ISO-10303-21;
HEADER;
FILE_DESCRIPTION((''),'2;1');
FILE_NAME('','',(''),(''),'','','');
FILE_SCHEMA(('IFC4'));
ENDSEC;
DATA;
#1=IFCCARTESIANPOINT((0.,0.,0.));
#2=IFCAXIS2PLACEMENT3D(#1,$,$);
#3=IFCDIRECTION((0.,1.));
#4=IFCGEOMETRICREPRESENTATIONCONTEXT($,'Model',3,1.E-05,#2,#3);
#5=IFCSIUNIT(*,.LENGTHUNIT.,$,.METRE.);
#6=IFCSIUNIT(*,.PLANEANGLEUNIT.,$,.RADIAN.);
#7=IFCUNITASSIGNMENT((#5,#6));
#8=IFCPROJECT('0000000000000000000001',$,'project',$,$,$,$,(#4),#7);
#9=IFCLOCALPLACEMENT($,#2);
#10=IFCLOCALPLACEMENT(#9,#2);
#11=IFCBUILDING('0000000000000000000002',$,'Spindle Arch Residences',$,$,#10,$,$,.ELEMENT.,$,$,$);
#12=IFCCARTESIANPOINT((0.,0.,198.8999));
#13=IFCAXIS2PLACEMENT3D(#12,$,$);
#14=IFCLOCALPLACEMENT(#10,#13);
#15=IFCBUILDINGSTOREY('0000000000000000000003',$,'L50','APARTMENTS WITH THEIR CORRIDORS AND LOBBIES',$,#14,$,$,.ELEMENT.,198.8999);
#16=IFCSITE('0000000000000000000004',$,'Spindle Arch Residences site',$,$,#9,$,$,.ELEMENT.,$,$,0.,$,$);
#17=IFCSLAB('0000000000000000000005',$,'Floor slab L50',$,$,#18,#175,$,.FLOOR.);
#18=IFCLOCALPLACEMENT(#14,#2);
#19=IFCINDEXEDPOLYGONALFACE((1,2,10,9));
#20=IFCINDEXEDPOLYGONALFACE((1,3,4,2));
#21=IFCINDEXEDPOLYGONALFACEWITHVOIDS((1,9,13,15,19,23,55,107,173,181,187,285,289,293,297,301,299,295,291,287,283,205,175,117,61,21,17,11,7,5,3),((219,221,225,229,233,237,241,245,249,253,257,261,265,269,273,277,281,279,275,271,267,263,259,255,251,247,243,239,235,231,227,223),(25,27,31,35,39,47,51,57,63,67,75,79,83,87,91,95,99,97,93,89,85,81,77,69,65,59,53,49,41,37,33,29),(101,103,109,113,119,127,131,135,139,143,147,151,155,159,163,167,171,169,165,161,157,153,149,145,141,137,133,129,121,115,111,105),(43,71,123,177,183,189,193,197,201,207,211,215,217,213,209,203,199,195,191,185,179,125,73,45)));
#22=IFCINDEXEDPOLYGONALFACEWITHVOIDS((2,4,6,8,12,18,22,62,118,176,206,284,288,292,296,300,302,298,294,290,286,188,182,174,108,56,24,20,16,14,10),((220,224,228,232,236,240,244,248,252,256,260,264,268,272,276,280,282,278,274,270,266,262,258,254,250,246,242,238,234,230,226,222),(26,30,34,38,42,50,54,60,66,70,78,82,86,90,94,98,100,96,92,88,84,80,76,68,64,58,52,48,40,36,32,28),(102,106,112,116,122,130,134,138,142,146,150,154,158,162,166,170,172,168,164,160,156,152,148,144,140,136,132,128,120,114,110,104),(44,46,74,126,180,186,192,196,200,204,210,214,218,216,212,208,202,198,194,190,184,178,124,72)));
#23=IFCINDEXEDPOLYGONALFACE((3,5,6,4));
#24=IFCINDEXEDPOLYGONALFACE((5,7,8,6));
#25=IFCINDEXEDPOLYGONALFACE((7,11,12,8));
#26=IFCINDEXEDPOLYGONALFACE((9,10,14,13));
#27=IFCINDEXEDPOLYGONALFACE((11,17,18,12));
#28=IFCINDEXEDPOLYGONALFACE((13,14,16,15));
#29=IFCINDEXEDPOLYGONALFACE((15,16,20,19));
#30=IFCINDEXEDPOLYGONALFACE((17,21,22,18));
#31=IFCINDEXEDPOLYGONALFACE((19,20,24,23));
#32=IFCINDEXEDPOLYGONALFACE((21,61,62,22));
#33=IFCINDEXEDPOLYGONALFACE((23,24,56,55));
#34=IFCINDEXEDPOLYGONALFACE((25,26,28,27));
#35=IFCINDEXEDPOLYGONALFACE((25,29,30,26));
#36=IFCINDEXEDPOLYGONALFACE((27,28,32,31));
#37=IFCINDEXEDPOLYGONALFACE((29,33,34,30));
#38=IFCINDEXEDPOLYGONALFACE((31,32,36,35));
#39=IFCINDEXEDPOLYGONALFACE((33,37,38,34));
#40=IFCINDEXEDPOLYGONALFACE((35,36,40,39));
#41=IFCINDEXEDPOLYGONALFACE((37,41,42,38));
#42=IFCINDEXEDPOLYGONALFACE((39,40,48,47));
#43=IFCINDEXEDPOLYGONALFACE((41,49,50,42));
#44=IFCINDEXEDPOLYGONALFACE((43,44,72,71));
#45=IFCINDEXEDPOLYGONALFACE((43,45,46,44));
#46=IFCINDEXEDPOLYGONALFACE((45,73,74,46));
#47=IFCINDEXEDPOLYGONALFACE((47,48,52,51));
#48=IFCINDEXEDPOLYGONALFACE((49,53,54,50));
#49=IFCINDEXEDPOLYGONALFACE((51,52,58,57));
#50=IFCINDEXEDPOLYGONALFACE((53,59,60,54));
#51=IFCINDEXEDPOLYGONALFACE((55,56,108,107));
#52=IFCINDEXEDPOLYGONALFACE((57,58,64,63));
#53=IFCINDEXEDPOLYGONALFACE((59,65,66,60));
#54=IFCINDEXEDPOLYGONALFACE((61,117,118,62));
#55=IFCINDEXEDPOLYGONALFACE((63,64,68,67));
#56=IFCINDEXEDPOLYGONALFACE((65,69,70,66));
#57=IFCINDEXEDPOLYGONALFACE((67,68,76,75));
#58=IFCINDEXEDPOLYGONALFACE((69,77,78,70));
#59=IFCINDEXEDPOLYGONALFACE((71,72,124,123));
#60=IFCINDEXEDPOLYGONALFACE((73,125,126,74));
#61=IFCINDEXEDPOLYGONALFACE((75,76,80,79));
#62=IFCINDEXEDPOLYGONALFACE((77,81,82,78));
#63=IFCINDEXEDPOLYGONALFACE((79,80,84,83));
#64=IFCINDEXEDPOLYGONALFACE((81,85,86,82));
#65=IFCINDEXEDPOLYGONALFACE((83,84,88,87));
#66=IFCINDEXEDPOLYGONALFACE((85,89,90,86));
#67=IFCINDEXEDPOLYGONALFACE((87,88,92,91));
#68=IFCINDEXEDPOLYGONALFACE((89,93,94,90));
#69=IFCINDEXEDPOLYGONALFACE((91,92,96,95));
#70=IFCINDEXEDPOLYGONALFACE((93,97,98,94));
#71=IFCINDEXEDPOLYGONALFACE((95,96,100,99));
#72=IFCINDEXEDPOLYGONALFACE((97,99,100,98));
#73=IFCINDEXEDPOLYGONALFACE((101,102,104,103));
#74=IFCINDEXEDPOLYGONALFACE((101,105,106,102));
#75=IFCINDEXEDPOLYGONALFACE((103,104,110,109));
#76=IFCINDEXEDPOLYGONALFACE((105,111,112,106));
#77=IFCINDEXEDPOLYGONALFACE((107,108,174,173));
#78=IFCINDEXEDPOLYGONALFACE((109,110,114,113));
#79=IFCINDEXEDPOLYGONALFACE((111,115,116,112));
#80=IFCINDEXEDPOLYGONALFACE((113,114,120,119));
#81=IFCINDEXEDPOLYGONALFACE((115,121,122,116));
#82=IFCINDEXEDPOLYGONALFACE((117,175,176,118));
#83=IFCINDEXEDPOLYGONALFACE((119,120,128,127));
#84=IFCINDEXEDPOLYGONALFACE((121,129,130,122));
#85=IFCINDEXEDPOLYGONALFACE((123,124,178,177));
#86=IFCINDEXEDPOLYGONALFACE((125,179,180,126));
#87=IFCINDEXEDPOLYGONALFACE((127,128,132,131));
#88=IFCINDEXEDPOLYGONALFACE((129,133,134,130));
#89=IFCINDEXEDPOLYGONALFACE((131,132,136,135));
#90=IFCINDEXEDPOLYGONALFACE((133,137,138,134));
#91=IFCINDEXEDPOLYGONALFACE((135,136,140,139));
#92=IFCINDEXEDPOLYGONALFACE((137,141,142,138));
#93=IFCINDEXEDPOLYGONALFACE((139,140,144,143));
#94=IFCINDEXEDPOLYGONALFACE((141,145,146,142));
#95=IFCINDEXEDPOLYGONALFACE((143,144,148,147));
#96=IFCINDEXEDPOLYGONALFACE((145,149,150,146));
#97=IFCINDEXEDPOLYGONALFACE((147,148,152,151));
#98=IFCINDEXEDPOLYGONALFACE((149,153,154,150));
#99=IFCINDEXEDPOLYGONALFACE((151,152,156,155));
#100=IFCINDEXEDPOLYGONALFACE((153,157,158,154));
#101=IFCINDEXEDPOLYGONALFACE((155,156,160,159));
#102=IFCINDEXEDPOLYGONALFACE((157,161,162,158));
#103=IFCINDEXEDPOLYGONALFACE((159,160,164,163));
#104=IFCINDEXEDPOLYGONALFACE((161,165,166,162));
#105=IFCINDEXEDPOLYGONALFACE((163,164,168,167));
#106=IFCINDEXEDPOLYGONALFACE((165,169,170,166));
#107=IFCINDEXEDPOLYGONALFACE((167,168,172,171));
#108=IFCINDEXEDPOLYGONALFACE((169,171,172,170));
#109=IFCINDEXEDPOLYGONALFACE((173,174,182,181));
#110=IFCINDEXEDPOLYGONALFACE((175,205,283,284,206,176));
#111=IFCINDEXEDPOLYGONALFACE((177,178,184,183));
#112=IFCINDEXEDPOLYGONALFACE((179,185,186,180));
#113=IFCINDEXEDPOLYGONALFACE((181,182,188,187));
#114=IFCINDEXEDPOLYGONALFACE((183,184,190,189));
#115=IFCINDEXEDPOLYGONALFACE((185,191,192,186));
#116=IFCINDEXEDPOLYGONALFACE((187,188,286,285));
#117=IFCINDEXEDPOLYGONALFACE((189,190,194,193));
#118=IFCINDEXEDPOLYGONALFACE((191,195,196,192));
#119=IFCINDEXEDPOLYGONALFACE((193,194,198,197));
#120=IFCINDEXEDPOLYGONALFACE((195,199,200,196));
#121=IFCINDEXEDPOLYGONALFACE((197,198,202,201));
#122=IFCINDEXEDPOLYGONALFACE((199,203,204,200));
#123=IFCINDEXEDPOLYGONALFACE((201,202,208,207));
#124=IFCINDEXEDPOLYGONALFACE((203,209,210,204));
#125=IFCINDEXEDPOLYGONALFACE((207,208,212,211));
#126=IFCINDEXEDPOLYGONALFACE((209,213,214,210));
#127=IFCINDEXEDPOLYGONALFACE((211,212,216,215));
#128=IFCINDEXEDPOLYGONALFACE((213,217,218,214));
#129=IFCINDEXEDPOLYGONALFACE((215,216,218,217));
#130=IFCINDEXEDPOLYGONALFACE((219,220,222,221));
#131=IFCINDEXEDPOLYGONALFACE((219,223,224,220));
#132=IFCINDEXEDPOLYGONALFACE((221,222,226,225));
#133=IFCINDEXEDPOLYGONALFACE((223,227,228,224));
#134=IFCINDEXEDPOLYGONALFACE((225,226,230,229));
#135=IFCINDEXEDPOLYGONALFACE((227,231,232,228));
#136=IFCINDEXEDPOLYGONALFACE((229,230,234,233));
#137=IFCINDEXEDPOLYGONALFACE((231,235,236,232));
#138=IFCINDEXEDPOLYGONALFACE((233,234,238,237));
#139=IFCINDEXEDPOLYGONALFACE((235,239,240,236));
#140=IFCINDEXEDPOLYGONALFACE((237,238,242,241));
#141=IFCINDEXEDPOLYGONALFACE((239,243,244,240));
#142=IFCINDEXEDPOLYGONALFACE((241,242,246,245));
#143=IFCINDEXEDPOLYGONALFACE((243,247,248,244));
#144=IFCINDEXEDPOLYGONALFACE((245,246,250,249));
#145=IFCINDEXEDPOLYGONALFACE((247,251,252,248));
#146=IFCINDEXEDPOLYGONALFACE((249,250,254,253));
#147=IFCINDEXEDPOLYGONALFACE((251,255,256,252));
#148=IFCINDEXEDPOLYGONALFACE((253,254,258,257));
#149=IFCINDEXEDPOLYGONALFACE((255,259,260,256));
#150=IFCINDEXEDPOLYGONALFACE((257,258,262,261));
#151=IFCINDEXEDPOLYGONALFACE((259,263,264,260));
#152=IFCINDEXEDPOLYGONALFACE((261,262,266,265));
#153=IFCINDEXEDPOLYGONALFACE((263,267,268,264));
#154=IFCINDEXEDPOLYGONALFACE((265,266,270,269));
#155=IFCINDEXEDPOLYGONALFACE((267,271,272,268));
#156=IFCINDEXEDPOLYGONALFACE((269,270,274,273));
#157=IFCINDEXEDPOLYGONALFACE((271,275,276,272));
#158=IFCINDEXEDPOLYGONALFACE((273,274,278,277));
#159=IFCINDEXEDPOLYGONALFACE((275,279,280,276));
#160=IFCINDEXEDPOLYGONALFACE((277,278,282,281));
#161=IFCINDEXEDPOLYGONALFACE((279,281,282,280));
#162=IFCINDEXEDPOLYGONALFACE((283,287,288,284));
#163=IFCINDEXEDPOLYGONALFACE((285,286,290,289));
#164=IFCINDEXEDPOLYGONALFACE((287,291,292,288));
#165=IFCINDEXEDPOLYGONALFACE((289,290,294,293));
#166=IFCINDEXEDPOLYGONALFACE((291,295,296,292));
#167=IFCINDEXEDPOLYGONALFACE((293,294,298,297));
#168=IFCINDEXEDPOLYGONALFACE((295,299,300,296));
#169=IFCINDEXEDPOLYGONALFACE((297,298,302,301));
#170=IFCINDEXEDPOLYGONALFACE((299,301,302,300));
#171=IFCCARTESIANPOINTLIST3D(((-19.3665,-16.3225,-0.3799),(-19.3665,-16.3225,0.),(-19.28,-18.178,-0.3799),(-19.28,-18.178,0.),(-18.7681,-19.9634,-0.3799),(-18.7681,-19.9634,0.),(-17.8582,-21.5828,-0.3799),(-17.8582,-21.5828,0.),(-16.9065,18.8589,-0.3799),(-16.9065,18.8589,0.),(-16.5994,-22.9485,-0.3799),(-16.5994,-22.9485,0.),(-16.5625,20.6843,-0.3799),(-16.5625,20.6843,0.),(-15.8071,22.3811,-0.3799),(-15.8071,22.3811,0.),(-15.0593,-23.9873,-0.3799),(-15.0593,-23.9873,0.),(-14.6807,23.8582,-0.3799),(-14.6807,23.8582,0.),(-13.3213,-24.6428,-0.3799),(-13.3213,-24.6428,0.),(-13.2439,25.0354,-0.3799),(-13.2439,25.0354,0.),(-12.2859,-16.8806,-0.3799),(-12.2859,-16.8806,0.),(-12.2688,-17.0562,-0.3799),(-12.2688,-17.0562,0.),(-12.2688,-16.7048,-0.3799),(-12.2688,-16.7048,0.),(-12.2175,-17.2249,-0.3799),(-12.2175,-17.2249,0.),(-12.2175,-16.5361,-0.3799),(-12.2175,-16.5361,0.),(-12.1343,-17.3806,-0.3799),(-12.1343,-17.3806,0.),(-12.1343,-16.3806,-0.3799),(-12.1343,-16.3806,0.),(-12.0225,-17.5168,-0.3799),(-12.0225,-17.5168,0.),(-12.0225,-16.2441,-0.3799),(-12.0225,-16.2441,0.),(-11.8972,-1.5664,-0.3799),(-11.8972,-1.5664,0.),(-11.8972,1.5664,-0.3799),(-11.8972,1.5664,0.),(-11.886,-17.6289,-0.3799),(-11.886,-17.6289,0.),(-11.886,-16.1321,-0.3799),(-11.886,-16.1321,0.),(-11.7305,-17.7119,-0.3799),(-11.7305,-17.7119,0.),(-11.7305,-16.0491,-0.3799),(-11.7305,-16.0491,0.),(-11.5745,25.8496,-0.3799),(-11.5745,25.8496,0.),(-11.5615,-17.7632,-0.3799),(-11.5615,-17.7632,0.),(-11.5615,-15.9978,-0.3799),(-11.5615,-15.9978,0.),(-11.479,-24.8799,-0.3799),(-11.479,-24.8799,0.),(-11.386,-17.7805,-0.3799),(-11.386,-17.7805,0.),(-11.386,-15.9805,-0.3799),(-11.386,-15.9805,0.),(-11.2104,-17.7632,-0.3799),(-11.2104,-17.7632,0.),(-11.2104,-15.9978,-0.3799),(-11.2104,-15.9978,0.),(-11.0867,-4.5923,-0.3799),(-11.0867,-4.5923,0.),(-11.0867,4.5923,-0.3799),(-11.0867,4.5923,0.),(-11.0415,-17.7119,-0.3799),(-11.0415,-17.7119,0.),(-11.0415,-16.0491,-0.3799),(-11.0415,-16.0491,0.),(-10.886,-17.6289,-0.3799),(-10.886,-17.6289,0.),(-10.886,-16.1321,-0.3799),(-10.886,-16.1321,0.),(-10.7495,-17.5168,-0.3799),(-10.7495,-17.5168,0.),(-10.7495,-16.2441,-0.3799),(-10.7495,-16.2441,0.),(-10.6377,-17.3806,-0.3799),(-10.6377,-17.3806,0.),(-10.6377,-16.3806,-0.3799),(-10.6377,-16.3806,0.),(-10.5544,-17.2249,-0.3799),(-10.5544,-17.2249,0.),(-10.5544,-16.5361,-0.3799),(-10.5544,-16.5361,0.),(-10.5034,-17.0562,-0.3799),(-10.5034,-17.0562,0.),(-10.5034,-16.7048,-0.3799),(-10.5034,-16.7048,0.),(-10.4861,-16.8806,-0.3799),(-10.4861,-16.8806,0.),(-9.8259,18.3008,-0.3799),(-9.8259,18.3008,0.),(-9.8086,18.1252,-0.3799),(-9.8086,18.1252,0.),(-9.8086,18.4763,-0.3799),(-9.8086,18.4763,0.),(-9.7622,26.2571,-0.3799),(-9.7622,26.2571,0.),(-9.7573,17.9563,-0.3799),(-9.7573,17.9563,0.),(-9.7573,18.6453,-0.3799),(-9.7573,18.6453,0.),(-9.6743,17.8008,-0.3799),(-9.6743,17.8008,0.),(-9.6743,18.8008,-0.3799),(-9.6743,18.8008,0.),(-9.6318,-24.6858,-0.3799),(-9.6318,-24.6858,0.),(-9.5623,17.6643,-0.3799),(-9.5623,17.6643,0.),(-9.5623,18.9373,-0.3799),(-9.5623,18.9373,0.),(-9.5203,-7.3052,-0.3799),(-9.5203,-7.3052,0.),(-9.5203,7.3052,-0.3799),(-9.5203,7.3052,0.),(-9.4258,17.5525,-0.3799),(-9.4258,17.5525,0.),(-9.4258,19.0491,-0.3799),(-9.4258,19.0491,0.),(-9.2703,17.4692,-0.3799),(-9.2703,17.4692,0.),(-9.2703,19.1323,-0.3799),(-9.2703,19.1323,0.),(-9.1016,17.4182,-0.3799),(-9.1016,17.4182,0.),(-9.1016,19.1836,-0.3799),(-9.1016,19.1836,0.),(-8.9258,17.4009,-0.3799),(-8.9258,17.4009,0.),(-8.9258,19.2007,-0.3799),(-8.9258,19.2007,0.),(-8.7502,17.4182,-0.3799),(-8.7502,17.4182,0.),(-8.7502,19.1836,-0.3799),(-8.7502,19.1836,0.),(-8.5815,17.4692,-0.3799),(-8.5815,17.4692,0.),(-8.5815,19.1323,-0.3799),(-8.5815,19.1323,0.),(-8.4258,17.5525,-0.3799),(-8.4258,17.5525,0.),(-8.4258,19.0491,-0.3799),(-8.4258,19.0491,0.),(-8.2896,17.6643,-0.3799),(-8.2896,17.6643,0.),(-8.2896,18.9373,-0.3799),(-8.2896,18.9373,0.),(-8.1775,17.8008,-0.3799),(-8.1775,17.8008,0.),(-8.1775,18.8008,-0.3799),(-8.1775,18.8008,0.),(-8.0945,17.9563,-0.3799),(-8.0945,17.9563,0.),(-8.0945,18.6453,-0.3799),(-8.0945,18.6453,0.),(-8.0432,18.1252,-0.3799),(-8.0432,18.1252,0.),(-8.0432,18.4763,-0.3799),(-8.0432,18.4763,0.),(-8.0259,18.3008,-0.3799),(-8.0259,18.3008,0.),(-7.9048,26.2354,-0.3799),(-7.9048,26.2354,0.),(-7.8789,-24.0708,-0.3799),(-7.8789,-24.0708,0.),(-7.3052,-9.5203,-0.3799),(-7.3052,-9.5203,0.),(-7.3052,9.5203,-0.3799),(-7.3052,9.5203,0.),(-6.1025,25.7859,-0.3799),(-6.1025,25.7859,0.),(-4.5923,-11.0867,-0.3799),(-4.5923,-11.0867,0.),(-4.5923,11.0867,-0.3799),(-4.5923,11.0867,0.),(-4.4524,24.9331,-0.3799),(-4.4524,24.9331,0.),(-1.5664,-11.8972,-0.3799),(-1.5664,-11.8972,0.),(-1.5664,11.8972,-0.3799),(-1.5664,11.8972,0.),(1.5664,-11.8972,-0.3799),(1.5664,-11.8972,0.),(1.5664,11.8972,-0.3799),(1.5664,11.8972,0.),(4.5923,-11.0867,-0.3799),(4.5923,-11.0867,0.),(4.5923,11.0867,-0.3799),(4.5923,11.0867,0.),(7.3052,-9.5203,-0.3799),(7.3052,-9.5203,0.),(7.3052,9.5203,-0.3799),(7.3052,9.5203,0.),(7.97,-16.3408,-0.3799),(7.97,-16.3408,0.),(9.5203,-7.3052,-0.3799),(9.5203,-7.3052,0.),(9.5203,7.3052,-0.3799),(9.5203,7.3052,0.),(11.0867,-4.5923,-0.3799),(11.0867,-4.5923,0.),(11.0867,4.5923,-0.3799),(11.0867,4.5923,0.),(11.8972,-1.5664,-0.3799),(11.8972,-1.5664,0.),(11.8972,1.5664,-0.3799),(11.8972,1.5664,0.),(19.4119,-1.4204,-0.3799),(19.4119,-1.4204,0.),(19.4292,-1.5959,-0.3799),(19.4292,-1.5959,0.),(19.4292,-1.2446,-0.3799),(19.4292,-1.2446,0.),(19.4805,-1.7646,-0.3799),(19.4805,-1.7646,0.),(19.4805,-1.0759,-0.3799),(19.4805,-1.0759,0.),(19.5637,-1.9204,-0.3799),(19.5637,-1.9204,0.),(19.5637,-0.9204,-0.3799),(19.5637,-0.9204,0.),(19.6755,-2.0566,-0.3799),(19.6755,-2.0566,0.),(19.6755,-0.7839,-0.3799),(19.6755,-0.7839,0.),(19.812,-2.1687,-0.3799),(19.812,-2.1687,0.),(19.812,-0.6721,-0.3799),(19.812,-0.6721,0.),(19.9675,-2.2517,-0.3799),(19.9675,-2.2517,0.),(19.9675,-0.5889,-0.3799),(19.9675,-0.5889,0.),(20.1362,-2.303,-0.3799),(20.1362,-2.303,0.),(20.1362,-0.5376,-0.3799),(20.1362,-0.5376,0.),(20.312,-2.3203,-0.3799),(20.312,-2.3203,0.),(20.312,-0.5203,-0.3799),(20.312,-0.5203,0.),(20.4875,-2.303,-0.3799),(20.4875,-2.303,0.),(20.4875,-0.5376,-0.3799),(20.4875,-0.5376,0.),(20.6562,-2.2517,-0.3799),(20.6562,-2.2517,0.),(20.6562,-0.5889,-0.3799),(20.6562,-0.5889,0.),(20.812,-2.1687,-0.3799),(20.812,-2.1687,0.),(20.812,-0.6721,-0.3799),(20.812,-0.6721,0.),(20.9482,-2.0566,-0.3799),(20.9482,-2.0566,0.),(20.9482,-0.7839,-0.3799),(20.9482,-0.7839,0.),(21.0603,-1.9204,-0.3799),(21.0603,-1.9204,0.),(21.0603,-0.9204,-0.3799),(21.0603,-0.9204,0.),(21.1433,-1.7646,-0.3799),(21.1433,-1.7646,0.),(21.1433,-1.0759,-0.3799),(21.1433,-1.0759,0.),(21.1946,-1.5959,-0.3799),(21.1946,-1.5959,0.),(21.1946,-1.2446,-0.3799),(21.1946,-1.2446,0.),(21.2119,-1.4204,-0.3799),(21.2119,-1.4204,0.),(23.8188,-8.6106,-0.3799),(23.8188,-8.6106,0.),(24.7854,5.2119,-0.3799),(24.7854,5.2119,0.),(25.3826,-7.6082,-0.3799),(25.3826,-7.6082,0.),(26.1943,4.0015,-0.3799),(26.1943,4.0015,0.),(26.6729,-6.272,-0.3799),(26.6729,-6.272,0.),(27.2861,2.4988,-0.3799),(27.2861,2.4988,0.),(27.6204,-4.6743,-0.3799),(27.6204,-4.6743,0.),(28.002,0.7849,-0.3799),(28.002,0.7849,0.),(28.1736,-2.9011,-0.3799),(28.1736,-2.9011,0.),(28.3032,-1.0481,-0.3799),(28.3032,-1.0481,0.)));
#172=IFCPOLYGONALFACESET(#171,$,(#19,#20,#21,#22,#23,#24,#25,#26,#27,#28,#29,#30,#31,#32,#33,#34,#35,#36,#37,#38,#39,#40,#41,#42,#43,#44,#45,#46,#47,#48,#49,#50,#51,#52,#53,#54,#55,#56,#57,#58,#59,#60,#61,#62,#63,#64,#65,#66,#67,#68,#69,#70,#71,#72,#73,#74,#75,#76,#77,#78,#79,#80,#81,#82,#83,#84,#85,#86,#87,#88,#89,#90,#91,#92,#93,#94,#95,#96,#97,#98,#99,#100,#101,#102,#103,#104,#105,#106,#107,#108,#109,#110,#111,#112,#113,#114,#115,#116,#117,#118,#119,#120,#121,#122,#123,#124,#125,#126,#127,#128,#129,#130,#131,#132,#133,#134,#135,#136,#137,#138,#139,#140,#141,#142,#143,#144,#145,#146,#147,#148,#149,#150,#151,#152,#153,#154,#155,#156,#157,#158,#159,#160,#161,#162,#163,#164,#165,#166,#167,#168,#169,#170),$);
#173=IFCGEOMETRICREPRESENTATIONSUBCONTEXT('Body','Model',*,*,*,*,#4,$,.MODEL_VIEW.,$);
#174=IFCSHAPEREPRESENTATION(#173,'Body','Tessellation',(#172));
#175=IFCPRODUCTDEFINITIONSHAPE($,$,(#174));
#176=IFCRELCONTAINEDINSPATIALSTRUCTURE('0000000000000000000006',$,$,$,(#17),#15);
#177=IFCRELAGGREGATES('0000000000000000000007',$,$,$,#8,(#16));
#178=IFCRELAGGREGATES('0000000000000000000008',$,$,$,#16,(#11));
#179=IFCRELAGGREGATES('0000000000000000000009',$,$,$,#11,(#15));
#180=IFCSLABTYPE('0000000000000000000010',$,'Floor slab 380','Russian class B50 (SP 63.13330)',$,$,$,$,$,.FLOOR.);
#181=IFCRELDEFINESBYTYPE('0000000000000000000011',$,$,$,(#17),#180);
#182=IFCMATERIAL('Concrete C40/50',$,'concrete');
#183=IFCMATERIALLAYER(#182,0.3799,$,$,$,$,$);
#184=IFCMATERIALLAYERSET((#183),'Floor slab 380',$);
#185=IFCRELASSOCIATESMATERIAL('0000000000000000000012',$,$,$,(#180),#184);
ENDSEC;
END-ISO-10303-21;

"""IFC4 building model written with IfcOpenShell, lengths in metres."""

from ifc_helpers import new_model, si_unit, direction, frame, origin, place, context, subcontext, project, spatial, polyline, outline, extrude, material, layer, layer_set, type_object, element, save


model = new_model("IFC4")

# Units and contexts
model_context = context("Model", 3, precision=1e-05, world=origin(), true_north=direction((0.0, 1.0)))
body_context = subcontext(model_context, "Body", "Model", "MODEL_VIEW")
ifc_project = project(units=[si_unit("LENGTHUNIT", "METRE"), si_unit("PLANEANGLEUNIT", "RADIAN")], contexts=[model_context])

# Site, building, storey
site_placement = place(None, origin())
site = spatial("IfcSite", under=ifc_project, at=site_placement, Name="Spindle Arch Residences site", CompositionType="ELEMENT", RefElevation=0.0)
building_placement = place(site_placement, origin())
building = spatial("IfcBuilding", under=site, at=building_placement, Name="Spindle Arch Residences", CompositionType="ELEMENT")
storey_placement = place(building_placement, frame((0.0, 0.0, 198.8999)))
storey = spatial("IfcBuildingStorey", under=building, at=storey_placement, Name="L50", Description="APARTMENTS WITH THEIR CORRIDORS AND LOBBIES", CompositionType="ELEMENT", Elevation=198.8999)

# Slab
ifc_material_1 = material(Name="Concrete C40/50", Category="concrete")
ifc_layer_1 = layer(ifc_material_1, 0.3799)
ifc_layer_set_1 = layer_set([ifc_layer_1], Name="Floor slab 380")
slab_type_1 = type_object("IfcSlabType", Name="Floor slab 380", Description="Russian class B50 (SP 63.13330)", PredefinedType="FLOOR", material=ifc_layer_set_1)
slab_1_placement = place(storey_placement, frame((0.0, 0.0, -0.3799)))
element("IfcSlab", 1, at=slab_1_placement, inside=storey, type_object=slab_type_1, Name="Floor slab L50", PredefinedType="FLOOR", context=body_context, shape_type="SweptSolid", body=[
    extrude(outline(polyline([(-9.6318, -24.6858), (-11.479, -24.8799), (-13.3213, -24.6428), (-15.0593, -23.9873), (-16.5994, -22.9485), (-17.8582, -21.5828), (-18.7681, -19.9634), (-19.28, -18.178), (-19.3665, -16.3225), (-16.9065, 18.8589), (-16.5625, 20.6843), (-15.8071, 22.3811), (-14.6807, 23.8582), (-13.2439, 25.0354), (-11.5745, 25.8496), (-9.7622, 26.2571), (-7.9048, 26.2354), (-6.1025, 25.7859), (-4.4524, 24.9331), (24.7854, 5.2119), (26.1943, 4.0015), (27.2861, 2.4988), (28.002, 0.7849), (28.3032, -1.0481), (28.1736, -2.9011), (27.6204, -4.6743), (26.6729, -6.272), (25.3826, -7.6082), (23.8188, -8.6106), (7.97, -16.3408), (-7.8789, -24.0708), (-9.6318, -24.6858)]), holes=[polyline([(7.3052, -9.5203), (9.5203, -7.3052), (11.0867, -4.5923), (11.8972, -1.5664), (11.8972, 1.5664), (11.0867, 4.5923), (9.5203, 7.3052), (7.3052, 9.5203), (4.5923, 11.0867), (1.5664, 11.8972), (-1.5664, 11.8972), (-4.5923, 11.0867), (-7.3052, 9.5203), (-9.5203, 7.3052), (-11.0867, 4.5923), (-11.8972, 1.5664), (-11.8972, -1.5664), (-11.0867, -4.5923), (-9.5203, -7.3052), (-7.3052, -9.5203), (-4.5923, -11.0867), (-1.5664, -11.8972), (1.5664, -11.8972), (4.5923, -11.0867), (7.3052, -9.5203)]), polyline([(-10.6377, -17.3806), (-10.5544, -17.2249), (-10.5034, -17.0562), (-10.4861, -16.8806), (-10.5034, -16.7048), (-10.5544, -16.5361), (-10.6377, -16.3806), (-10.7495, -16.2441), (-10.886, -16.1321), (-11.0415, -16.0491), (-11.2104, -15.9978), (-11.386, -15.9805), (-11.5615, -15.9978), (-11.7305, -16.0491), (-11.886, -16.1321), (-12.0225, -16.2441), (-12.1343, -16.3806), (-12.2175, -16.5361), (-12.2688, -16.7048), (-12.2859, -16.8806), (-12.2688, -17.0562), (-12.2175, -17.2249), (-12.1343, -17.3806), (-12.0225, -17.5168), (-11.886, -17.6289), (-11.7305, -17.7119), (-11.5615, -17.7632), (-11.386, -17.7805), (-11.2104, -17.7632), (-11.0415, -17.7119), (-10.886, -17.6289), (-10.7495, -17.5168), (-10.6377, -17.3806)]), polyline([(-8.1775, 17.8008), (-8.0945, 17.9563), (-8.0432, 18.1252), (-8.0259, 18.3008), (-8.0432, 18.4763), (-8.0945, 18.6453), (-8.1775, 18.8008), (-8.2896, 18.9373), (-8.4258, 19.0491), (-8.5815, 19.1323), (-8.7502, 19.1836), (-8.9258, 19.2007), (-9.1016, 19.1836), (-9.2703, 19.1323), (-9.4258, 19.0491), (-9.5623, 18.9373), (-9.6743, 18.8008), (-9.7573, 18.6453), (-9.8086, 18.4763), (-9.8259, 18.3008), (-9.8086, 18.1252), (-9.7573, 17.9563), (-9.6743, 17.8008), (-9.5623, 17.6643), (-9.4258, 17.5525), (-9.2703, 17.4692), (-9.1016, 17.4182), (-8.9258, 17.4009), (-8.7502, 17.4182), (-8.5815, 17.4692), (-8.4258, 17.5525), (-8.2896, 17.6643), (-8.1775, 17.8008)]), polyline([(20.9482, -2.0566), (21.0603, -1.9204), (21.1433, -1.7646), (21.1946, -1.5959), (21.2119, -1.4204), (21.1946, -1.2446), (21.1433, -1.0759), (21.0603, -0.9204), (20.9482, -0.7839), (20.812, -0.6721), (20.6562, -0.5889), (20.4875, -0.5376), (20.312, -0.5203), (20.1362, -0.5376), (19.9675, -0.5889), (19.812, -0.6721), (19.6755, -0.7839), (19.5637, -0.9204), (19.4805, -1.0759), (19.4292, -1.2446), (19.4119, -1.4204), (19.4292, -1.5959), (19.4805, -1.7646), (19.5637, -1.9204), (19.6755, -2.0566), (19.812, -2.1687), (19.9675, -2.2517), (20.1362, -2.303), (20.312, -2.3203), (20.4875, -2.303), (20.6562, -2.2517), (20.812, -2.1687), (20.9482, -2.0566)])]), origin(), (0.0, 0.0, 1.0), 0.3799),
])

save(model, "model.ifc")
